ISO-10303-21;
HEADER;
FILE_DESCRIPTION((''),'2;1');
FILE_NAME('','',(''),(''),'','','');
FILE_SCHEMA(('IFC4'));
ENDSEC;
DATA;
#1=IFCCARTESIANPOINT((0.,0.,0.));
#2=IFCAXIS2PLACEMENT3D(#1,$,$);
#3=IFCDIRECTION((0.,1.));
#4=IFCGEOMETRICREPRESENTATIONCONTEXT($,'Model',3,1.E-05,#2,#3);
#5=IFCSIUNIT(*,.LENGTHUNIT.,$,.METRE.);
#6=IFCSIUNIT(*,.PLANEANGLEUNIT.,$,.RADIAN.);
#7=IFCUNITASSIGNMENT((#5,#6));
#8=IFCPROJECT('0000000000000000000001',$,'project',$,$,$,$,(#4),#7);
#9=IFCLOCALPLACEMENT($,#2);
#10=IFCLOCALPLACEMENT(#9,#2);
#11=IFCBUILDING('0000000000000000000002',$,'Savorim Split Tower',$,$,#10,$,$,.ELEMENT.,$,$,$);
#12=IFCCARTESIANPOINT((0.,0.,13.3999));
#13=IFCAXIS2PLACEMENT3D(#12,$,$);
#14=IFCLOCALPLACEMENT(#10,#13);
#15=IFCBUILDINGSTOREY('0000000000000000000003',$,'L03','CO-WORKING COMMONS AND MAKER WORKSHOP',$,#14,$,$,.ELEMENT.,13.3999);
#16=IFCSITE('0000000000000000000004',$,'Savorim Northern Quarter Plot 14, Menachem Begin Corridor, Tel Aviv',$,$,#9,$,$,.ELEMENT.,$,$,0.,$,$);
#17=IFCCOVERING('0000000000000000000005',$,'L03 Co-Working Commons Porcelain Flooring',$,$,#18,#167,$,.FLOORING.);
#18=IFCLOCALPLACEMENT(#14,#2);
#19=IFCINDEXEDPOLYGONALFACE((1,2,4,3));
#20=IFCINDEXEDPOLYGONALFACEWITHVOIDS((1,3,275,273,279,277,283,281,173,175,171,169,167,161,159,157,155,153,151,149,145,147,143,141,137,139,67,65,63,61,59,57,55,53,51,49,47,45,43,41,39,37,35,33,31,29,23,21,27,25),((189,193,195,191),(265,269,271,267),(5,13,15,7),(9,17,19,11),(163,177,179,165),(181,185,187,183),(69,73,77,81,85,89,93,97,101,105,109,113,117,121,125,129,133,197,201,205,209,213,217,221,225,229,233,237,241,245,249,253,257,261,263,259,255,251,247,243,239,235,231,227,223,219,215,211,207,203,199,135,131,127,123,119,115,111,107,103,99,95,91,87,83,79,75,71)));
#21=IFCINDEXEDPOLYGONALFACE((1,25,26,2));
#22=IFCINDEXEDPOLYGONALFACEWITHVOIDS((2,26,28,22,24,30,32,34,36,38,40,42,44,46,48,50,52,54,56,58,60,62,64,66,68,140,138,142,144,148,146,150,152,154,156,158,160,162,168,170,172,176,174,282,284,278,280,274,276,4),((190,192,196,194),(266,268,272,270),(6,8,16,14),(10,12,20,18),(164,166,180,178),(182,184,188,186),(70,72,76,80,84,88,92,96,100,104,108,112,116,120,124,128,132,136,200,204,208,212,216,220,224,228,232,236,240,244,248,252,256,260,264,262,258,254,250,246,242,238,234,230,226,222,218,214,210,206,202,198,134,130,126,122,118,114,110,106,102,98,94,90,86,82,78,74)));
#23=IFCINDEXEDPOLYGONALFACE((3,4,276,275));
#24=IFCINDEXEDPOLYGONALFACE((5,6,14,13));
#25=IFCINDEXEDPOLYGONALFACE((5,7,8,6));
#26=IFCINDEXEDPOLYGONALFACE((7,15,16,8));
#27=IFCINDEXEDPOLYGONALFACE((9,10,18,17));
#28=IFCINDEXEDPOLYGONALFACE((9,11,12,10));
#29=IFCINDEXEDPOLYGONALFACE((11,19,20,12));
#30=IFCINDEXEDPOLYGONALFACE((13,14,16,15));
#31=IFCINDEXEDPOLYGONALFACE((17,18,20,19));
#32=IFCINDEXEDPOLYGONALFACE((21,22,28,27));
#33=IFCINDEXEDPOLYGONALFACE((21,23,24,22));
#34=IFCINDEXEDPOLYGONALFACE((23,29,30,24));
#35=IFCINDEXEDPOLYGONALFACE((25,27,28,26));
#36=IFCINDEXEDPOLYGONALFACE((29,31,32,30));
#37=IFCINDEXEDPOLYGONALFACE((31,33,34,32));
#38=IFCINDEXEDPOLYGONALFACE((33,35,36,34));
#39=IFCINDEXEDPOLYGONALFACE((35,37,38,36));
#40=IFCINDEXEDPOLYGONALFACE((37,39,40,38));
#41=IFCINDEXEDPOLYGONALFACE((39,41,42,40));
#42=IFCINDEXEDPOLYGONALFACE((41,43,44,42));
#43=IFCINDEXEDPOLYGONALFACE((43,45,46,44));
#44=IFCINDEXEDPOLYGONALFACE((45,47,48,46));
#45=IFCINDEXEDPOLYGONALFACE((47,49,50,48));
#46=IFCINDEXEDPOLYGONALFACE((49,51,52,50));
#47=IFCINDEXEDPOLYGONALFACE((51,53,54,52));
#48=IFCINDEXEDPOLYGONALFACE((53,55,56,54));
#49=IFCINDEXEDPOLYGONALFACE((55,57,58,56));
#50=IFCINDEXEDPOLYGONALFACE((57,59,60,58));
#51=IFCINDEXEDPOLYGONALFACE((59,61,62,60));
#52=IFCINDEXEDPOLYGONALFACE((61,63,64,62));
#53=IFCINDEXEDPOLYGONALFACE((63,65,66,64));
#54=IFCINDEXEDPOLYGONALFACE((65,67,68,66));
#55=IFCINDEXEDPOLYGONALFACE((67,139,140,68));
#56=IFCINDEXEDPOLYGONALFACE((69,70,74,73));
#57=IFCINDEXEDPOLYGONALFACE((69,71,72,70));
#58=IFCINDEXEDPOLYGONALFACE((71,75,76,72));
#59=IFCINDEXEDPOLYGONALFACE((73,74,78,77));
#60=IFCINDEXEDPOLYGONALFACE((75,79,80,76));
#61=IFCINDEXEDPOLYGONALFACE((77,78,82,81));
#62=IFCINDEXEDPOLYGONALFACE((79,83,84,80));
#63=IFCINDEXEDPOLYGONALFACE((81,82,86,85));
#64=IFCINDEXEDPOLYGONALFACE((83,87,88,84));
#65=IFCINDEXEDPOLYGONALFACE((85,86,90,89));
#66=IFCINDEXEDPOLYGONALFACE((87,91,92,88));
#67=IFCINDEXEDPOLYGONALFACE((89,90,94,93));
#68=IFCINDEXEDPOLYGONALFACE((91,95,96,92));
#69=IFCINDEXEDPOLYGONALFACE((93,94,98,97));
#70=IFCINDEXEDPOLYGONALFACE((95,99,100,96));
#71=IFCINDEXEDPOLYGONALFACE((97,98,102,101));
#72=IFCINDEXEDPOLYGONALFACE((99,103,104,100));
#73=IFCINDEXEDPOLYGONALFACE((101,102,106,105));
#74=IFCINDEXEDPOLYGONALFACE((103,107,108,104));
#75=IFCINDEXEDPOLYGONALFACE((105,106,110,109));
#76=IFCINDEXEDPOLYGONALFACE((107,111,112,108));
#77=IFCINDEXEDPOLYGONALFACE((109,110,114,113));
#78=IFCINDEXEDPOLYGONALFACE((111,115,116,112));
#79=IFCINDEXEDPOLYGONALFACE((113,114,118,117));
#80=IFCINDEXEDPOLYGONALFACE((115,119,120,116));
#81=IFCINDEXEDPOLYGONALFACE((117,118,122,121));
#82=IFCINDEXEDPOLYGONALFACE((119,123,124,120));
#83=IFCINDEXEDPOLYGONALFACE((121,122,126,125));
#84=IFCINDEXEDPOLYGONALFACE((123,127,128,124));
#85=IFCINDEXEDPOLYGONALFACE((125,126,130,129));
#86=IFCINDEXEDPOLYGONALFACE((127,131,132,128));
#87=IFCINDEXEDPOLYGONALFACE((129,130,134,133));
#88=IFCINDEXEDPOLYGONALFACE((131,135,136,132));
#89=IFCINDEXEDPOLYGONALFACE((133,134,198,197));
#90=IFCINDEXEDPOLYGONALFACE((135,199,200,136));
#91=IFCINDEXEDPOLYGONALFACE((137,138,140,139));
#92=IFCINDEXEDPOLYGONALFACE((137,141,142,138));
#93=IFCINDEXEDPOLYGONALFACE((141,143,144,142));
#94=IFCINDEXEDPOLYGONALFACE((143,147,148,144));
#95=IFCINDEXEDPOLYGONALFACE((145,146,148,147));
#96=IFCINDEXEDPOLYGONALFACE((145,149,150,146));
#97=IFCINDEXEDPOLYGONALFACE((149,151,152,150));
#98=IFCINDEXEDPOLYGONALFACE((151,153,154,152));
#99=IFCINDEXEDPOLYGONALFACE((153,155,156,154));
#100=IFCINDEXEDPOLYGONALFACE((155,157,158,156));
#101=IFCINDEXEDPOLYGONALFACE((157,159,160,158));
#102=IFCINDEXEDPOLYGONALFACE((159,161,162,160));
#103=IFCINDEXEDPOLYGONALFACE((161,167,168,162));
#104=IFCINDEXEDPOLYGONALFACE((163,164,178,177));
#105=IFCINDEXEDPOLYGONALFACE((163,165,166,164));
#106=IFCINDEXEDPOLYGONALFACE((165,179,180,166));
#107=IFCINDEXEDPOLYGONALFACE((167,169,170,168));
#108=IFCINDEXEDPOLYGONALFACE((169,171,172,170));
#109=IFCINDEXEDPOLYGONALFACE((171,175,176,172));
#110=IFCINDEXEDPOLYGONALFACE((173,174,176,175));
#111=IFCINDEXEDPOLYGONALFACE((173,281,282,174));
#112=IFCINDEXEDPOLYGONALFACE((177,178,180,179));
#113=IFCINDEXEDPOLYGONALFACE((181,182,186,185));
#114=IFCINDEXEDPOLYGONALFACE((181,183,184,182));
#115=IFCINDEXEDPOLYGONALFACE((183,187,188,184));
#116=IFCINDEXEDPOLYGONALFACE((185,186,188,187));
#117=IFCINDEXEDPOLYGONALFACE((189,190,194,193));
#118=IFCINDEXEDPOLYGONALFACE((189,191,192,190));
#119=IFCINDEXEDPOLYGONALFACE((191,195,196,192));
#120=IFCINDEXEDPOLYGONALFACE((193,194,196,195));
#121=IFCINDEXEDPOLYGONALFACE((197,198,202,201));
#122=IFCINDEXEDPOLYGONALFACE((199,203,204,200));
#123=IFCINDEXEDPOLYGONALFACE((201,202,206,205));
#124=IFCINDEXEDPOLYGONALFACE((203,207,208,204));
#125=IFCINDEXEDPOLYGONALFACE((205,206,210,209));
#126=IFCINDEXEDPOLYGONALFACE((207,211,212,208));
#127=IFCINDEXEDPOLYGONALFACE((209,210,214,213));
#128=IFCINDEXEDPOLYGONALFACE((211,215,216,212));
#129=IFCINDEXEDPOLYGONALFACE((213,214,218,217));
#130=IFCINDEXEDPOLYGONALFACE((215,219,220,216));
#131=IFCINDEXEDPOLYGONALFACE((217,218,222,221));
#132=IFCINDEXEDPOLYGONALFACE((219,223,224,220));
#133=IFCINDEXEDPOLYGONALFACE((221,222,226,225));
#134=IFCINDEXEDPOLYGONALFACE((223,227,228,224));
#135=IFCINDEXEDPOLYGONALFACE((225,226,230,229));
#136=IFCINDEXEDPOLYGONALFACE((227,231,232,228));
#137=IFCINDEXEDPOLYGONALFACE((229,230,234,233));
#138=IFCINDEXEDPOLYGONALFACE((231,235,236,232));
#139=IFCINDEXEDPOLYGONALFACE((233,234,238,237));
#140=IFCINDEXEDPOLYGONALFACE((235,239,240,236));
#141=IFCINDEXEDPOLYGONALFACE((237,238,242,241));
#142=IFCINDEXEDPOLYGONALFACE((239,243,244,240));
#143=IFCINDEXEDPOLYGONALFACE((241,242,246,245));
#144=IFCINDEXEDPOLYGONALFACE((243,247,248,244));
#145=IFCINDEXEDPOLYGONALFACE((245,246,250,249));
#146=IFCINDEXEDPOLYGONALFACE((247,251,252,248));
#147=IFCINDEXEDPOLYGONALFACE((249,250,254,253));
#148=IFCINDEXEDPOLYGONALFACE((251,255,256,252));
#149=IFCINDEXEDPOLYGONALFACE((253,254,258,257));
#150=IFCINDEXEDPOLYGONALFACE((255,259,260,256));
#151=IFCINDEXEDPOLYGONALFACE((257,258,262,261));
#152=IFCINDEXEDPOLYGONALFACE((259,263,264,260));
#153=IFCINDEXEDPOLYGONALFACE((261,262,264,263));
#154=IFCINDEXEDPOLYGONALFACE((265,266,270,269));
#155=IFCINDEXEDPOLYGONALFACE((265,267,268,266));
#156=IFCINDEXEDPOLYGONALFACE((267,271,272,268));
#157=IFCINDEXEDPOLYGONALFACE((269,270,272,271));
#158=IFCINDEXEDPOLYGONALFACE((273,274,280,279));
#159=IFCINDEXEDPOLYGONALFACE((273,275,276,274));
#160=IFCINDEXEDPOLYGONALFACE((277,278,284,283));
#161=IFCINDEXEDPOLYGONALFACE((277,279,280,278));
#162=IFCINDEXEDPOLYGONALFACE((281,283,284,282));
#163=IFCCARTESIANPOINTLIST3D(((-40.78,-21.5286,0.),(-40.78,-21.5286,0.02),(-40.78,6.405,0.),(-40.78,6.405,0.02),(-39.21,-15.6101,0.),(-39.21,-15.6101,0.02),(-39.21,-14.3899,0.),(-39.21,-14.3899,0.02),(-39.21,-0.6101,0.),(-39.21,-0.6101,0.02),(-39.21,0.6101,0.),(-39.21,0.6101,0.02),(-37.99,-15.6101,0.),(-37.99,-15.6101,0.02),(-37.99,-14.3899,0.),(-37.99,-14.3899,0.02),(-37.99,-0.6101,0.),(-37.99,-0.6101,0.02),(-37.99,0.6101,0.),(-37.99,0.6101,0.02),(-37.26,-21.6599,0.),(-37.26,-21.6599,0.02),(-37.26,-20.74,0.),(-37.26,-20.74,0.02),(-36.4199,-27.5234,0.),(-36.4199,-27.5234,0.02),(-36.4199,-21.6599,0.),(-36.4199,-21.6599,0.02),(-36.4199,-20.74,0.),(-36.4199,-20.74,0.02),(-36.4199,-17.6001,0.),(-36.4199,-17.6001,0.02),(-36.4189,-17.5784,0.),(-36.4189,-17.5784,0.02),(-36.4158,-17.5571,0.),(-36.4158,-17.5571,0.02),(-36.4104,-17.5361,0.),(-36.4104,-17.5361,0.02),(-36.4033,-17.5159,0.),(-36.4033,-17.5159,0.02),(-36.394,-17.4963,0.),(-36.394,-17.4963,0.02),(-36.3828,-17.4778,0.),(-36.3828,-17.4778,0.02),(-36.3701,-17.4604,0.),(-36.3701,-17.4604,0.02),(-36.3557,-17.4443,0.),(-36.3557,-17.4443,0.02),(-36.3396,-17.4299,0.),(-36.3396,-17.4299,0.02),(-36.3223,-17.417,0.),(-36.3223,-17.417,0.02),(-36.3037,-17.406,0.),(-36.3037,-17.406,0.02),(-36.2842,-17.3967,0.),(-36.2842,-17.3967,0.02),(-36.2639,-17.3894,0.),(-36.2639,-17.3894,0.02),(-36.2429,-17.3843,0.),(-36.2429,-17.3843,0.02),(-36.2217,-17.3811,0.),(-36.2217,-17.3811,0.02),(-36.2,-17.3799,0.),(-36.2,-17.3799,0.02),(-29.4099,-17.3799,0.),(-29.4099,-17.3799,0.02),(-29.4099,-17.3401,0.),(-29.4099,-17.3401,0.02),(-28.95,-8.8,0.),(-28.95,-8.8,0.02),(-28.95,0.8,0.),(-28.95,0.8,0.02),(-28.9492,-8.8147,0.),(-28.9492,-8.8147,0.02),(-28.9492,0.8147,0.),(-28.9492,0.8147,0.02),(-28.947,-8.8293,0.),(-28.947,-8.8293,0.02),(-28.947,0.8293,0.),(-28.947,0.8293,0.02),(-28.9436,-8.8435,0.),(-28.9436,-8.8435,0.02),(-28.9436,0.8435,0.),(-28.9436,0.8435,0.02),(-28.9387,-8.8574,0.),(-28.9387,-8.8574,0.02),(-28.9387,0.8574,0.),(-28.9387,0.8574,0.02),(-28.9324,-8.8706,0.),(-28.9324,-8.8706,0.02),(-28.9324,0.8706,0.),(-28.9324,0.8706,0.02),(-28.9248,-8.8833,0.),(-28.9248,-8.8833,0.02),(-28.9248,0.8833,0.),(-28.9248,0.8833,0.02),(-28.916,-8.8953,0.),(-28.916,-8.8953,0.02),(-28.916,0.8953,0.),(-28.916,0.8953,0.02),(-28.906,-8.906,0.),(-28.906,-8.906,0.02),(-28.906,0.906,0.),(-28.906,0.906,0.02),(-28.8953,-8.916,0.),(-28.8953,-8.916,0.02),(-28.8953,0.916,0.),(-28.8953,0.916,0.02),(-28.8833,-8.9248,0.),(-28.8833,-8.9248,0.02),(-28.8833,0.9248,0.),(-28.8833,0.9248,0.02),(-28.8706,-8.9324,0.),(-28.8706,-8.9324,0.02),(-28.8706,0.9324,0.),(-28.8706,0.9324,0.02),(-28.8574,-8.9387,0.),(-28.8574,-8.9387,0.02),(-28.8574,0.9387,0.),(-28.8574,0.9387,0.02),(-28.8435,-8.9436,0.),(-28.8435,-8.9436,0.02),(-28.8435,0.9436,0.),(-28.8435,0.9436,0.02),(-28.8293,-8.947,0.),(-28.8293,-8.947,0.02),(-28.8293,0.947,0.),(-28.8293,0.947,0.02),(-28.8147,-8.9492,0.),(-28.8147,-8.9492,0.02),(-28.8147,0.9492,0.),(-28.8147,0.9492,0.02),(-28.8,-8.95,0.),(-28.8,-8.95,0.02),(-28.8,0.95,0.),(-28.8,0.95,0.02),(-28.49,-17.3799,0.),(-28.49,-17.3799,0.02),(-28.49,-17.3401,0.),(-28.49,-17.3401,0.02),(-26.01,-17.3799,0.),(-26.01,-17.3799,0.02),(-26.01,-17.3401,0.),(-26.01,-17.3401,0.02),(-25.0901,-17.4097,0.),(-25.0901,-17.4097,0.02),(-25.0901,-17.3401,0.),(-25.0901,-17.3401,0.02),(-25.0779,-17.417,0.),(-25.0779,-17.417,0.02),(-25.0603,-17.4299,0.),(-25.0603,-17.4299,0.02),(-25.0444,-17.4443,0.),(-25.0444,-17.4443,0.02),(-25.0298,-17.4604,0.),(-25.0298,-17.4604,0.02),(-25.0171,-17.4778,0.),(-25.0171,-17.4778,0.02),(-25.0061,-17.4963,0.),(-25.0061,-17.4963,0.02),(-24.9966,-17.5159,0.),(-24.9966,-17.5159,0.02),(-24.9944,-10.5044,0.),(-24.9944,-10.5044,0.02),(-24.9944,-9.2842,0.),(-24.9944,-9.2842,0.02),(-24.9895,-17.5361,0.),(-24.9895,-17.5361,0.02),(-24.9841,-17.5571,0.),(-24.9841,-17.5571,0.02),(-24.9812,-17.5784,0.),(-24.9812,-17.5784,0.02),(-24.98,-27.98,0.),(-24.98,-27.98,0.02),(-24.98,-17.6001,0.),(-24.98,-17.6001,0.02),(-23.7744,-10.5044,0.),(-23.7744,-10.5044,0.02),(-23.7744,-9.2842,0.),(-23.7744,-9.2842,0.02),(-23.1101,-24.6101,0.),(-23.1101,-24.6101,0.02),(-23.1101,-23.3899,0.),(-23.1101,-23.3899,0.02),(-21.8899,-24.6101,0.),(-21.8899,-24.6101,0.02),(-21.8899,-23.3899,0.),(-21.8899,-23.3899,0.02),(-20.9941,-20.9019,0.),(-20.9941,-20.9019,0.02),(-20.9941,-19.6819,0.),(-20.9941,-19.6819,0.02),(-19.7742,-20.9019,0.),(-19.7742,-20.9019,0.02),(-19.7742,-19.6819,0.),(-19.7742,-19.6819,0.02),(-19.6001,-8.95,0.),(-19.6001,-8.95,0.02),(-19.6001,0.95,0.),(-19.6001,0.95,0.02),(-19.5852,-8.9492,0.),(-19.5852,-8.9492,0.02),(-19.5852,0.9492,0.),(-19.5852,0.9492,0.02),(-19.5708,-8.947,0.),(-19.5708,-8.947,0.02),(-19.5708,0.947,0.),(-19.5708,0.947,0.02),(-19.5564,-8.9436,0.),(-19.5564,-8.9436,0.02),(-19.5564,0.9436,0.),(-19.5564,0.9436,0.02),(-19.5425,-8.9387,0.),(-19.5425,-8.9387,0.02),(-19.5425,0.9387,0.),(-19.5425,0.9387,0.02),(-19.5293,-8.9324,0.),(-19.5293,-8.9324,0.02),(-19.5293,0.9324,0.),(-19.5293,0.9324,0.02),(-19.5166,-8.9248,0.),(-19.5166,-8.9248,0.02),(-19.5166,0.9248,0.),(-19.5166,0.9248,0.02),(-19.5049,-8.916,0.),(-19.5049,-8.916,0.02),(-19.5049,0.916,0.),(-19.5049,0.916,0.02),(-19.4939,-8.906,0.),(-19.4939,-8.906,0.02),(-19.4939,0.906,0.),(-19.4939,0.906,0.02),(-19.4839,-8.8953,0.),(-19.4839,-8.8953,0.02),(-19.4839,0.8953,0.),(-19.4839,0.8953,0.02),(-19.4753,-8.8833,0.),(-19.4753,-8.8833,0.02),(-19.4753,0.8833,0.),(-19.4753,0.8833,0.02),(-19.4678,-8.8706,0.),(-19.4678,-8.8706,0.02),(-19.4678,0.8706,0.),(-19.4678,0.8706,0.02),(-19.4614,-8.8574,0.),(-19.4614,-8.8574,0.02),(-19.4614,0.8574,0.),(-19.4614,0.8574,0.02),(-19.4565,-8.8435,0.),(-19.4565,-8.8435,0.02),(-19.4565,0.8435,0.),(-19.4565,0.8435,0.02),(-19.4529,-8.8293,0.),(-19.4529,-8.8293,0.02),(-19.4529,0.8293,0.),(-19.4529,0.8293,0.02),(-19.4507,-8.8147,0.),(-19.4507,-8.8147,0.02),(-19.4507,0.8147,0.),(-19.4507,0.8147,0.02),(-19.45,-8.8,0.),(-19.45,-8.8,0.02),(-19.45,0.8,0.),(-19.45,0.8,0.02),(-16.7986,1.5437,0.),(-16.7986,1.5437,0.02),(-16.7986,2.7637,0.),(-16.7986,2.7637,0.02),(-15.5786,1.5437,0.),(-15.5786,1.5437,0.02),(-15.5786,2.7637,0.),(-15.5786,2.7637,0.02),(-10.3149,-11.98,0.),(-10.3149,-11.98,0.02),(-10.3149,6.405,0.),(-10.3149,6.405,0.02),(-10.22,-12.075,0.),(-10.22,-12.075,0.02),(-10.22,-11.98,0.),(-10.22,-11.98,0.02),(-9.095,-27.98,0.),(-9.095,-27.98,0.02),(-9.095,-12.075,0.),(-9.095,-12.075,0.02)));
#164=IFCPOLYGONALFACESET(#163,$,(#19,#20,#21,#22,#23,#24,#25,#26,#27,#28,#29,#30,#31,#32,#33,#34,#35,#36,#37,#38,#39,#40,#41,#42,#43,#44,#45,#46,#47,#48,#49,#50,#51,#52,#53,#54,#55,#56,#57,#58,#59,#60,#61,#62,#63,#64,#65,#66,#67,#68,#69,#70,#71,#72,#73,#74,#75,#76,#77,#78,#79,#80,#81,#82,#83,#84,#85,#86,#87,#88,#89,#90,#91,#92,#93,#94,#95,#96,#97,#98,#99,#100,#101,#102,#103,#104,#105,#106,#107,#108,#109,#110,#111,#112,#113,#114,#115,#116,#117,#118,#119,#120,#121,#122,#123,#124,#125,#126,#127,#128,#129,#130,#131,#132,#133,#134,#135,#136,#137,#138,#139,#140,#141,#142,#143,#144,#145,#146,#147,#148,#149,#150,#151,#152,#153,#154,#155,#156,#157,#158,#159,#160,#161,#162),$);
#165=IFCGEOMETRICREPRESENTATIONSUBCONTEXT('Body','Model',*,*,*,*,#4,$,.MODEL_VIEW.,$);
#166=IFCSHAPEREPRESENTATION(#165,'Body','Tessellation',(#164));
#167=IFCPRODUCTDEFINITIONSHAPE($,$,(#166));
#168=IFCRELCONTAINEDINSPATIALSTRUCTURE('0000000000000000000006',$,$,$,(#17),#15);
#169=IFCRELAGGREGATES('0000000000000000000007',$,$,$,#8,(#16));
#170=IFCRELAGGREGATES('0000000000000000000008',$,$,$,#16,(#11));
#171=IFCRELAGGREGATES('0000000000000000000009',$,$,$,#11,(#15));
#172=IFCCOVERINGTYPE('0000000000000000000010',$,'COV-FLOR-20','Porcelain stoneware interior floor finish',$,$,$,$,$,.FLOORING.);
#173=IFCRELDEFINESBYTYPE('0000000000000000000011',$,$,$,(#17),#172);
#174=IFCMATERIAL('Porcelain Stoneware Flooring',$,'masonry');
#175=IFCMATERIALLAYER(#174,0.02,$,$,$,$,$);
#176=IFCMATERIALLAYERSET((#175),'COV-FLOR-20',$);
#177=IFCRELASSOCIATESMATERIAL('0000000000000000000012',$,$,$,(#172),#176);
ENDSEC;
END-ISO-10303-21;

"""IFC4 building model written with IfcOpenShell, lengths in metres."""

from ifc_helpers import new_model, si_unit, direction, frame, origin, place, context, subcontext, project, spatial, polyline, outline, extrude, material, layer, layer_set, type_object, element, save


model = new_model("IFC4")

# Units and contexts
model_context = context("Model", 3, precision=1e-05, world=origin(), true_north=direction((0.0, 1.0)))
body_context = subcontext(model_context, "Body", "Model", "MODEL_VIEW")
ifc_project = project(units=[si_unit("LENGTHUNIT", "METRE"), si_unit("PLANEANGLEUNIT", "RADIAN")], contexts=[model_context])

# Site, building, storey
site_placement = place(None, origin())
site = spatial("IfcSite", under=ifc_project, at=site_placement, Name="Savorim Northern Quarter Plot 14, Menachem Begin Corridor, Tel Aviv", CompositionType="ELEMENT", RefElevation=0.0)
building_placement = place(site_placement, origin())
building = spatial("IfcBuilding", under=site, at=building_placement, Name="Savorim Split Tower", CompositionType="ELEMENT")
storey_placement = place(building_placement, frame((0.0, 0.0, 13.3999)))
storey = spatial("IfcBuildingStorey", under=building, at=storey_placement, Name="L03", Description="CO-WORKING COMMONS AND MAKER WORKSHOP", CompositionType="ELEMENT", Elevation=13.3999)

# Covering
ifc_material_1 = material(Name="Porcelain Stoneware Flooring", Category="masonry")
ifc_layer_1 = layer(ifc_material_1, 0.02)
ifc_layer_set_1 = layer_set([ifc_layer_1], Name="COV-FLOR-20")
covering_type_1 = type_object("IfcCoveringType", Name="COV-FLOR-20", Description="Porcelain stoneware interior floor finish", PredefinedType="FLOORING", material=ifc_layer_set_1)
covering_1_placement = place(storey_placement, origin())
element("IfcCovering", 1, at=covering_1_placement, inside=storey, type_object=covering_type_1, Name="L03 Co-Working Commons Porcelain Flooring", PredefinedType="FLOORING", context=body_context, shape_type="SweptSolid", body=[
    extrude(outline(polyline([(-10.3149, 6.405), (-40.78, 6.405), (-40.78, -21.5286), (-36.4199, -27.5234), (-36.4199, -21.6599), (-37.26, -21.6599), (-37.26, -20.74), (-36.4199, -20.74), (-36.4199, -17.6001), (-36.4189, -17.5784), (-36.4158, -17.5571), (-36.4104, -17.5361), (-36.4033, -17.5159), (-36.394, -17.4963), (-36.3828, -17.4778), (-36.3701, -17.4604), (-36.3557, -17.4443), (-36.3396, -17.4299), (-36.3223, -17.417), (-36.3037, -17.406), (-36.2842, -17.3967), (-36.2639, -17.3894), (-36.2429, -17.3843), (-36.2217, -17.3811), (-36.2, -17.3799), (-29.4099, -17.3799), (-29.4099, -17.3401), (-28.49, -17.3401), (-28.49, -17.3799), (-26.01, -17.3799), (-26.01, -17.3401), (-25.0901, -17.3401), (-25.0901, -17.4097), (-25.0779, -17.417), (-25.0603, -17.4299), (-25.0444, -17.4443), (-25.0298, -17.4604), (-25.0171, -17.4778), (-25.0061, -17.4963), (-24.9966, -17.5159), (-24.9895, -17.5361), (-24.9841, -17.5571), (-24.9812, -17.5784), (-24.98, -17.6001), (-24.98, -27.98), (-9.095, -27.98), (-9.095, -12.075), (-10.22, -12.075), (-10.22, -11.98), (-10.3149, -11.98), (-10.3149, 6.405)]), holes=[polyline([(-28.947, -8.8293), (-28.9436, -8.8435), (-28.9387, -8.8574), (-28.9324, -8.8706), (-28.9248, -8.8833), (-28.916, -8.8953), (-28.906, -8.906), (-28.8953, -8.916), (-28.8833, -8.9248), (-28.8706, -8.9324), (-28.8574, -8.9387), (-28.8435, -8.9436), (-28.8293, -8.947), (-28.8147, -8.9492), (-28.8, -8.95), (-19.6001, -8.95), (-19.5852, -8.9492), (-19.5708, -8.947), (-19.5564, -8.9436), (-19.5425, -8.9387), (-19.5293, -8.9324), (-19.5166, -8.9248), (-19.5049, -8.916), (-19.4939, -8.906), (-19.4839, -8.8953), (-19.4753, -8.8833), (-19.4678, -8.8706), (-19.4614, -8.8574), (-19.4565, -8.8435), (-19.4529, -8.8293), (-19.4507, -8.8147), (-19.45, -8.8), (-19.45, 0.8), (-19.4507, 0.8147), (-19.4529, 0.8293), (-19.4565, 0.8435), (-19.4614, 0.8574), (-19.4678, 0.8706), (-19.4753, 0.8833), (-19.4839, 0.8953), (-19.4939, 0.906), (-19.5049, 0.916), (-19.5166, 0.9248), (-19.5293, 0.9324), (-19.5425, 0.9387), (-19.5564, 0.9436), (-19.5708, 0.947), (-19.5852, 0.9492), (-19.6001, 0.95), (-28.8, 0.95), (-28.8147, 0.9492), (-28.8293, 0.947), (-28.8435, 0.9436), (-28.8574, 0.9387), (-28.8706, 0.9324), (-28.8833, 0.9248), (-28.8953, 0.916), (-28.906, 0.906), (-28.916, 0.8953), (-28.9248, 0.8833), (-28.9324, 0.8706), (-28.9387, 0.8574), (-28.9436, 0.8435), (-28.947, 0.8293), (-28.9492, 0.8147), (-28.95, 0.8), (-28.95, -8.8), (-28.9492, -8.8147), (-28.947, -8.8293)]), polyline([(-37.99, 0.6101), (-39.21, 0.6101), (-39.21, -0.6101), (-37.99, -0.6101), (-37.99, 0.6101)]), polyline([(-39.21, -14.3899), (-39.21, -15.6101), (-37.99, -15.6101), (-37.99, -14.3899), (-39.21, -14.3899)]), polyline([(-23.1101, -24.6101), (-21.8899, -24.6101), (-21.8899, -23.3899), (-23.1101, -23.3899), (-23.1101, -24.6101)]), polyline([(-19.7742, -20.9019), (-19.7742, -19.6819), (-20.9941, -19.6819), (-20.9941, -20.9019), (-19.7742, -20.9019)]), polyline([(-15.5786, 1.5437), (-15.5786, 2.7637), (-16.7986, 2.7637), (-16.7986, 1.5437), (-15.5786, 1.5437)]), polyline([(-23.7744, -9.2842), (-24.9944, -9.2842), (-24.9944, -10.5044), (-23.7744, -10.5044), (-23.7744, -9.2842)])]), origin(), (0.0, 0.0, 1.0), 0.02),
])

save(model, "model.ifc")
